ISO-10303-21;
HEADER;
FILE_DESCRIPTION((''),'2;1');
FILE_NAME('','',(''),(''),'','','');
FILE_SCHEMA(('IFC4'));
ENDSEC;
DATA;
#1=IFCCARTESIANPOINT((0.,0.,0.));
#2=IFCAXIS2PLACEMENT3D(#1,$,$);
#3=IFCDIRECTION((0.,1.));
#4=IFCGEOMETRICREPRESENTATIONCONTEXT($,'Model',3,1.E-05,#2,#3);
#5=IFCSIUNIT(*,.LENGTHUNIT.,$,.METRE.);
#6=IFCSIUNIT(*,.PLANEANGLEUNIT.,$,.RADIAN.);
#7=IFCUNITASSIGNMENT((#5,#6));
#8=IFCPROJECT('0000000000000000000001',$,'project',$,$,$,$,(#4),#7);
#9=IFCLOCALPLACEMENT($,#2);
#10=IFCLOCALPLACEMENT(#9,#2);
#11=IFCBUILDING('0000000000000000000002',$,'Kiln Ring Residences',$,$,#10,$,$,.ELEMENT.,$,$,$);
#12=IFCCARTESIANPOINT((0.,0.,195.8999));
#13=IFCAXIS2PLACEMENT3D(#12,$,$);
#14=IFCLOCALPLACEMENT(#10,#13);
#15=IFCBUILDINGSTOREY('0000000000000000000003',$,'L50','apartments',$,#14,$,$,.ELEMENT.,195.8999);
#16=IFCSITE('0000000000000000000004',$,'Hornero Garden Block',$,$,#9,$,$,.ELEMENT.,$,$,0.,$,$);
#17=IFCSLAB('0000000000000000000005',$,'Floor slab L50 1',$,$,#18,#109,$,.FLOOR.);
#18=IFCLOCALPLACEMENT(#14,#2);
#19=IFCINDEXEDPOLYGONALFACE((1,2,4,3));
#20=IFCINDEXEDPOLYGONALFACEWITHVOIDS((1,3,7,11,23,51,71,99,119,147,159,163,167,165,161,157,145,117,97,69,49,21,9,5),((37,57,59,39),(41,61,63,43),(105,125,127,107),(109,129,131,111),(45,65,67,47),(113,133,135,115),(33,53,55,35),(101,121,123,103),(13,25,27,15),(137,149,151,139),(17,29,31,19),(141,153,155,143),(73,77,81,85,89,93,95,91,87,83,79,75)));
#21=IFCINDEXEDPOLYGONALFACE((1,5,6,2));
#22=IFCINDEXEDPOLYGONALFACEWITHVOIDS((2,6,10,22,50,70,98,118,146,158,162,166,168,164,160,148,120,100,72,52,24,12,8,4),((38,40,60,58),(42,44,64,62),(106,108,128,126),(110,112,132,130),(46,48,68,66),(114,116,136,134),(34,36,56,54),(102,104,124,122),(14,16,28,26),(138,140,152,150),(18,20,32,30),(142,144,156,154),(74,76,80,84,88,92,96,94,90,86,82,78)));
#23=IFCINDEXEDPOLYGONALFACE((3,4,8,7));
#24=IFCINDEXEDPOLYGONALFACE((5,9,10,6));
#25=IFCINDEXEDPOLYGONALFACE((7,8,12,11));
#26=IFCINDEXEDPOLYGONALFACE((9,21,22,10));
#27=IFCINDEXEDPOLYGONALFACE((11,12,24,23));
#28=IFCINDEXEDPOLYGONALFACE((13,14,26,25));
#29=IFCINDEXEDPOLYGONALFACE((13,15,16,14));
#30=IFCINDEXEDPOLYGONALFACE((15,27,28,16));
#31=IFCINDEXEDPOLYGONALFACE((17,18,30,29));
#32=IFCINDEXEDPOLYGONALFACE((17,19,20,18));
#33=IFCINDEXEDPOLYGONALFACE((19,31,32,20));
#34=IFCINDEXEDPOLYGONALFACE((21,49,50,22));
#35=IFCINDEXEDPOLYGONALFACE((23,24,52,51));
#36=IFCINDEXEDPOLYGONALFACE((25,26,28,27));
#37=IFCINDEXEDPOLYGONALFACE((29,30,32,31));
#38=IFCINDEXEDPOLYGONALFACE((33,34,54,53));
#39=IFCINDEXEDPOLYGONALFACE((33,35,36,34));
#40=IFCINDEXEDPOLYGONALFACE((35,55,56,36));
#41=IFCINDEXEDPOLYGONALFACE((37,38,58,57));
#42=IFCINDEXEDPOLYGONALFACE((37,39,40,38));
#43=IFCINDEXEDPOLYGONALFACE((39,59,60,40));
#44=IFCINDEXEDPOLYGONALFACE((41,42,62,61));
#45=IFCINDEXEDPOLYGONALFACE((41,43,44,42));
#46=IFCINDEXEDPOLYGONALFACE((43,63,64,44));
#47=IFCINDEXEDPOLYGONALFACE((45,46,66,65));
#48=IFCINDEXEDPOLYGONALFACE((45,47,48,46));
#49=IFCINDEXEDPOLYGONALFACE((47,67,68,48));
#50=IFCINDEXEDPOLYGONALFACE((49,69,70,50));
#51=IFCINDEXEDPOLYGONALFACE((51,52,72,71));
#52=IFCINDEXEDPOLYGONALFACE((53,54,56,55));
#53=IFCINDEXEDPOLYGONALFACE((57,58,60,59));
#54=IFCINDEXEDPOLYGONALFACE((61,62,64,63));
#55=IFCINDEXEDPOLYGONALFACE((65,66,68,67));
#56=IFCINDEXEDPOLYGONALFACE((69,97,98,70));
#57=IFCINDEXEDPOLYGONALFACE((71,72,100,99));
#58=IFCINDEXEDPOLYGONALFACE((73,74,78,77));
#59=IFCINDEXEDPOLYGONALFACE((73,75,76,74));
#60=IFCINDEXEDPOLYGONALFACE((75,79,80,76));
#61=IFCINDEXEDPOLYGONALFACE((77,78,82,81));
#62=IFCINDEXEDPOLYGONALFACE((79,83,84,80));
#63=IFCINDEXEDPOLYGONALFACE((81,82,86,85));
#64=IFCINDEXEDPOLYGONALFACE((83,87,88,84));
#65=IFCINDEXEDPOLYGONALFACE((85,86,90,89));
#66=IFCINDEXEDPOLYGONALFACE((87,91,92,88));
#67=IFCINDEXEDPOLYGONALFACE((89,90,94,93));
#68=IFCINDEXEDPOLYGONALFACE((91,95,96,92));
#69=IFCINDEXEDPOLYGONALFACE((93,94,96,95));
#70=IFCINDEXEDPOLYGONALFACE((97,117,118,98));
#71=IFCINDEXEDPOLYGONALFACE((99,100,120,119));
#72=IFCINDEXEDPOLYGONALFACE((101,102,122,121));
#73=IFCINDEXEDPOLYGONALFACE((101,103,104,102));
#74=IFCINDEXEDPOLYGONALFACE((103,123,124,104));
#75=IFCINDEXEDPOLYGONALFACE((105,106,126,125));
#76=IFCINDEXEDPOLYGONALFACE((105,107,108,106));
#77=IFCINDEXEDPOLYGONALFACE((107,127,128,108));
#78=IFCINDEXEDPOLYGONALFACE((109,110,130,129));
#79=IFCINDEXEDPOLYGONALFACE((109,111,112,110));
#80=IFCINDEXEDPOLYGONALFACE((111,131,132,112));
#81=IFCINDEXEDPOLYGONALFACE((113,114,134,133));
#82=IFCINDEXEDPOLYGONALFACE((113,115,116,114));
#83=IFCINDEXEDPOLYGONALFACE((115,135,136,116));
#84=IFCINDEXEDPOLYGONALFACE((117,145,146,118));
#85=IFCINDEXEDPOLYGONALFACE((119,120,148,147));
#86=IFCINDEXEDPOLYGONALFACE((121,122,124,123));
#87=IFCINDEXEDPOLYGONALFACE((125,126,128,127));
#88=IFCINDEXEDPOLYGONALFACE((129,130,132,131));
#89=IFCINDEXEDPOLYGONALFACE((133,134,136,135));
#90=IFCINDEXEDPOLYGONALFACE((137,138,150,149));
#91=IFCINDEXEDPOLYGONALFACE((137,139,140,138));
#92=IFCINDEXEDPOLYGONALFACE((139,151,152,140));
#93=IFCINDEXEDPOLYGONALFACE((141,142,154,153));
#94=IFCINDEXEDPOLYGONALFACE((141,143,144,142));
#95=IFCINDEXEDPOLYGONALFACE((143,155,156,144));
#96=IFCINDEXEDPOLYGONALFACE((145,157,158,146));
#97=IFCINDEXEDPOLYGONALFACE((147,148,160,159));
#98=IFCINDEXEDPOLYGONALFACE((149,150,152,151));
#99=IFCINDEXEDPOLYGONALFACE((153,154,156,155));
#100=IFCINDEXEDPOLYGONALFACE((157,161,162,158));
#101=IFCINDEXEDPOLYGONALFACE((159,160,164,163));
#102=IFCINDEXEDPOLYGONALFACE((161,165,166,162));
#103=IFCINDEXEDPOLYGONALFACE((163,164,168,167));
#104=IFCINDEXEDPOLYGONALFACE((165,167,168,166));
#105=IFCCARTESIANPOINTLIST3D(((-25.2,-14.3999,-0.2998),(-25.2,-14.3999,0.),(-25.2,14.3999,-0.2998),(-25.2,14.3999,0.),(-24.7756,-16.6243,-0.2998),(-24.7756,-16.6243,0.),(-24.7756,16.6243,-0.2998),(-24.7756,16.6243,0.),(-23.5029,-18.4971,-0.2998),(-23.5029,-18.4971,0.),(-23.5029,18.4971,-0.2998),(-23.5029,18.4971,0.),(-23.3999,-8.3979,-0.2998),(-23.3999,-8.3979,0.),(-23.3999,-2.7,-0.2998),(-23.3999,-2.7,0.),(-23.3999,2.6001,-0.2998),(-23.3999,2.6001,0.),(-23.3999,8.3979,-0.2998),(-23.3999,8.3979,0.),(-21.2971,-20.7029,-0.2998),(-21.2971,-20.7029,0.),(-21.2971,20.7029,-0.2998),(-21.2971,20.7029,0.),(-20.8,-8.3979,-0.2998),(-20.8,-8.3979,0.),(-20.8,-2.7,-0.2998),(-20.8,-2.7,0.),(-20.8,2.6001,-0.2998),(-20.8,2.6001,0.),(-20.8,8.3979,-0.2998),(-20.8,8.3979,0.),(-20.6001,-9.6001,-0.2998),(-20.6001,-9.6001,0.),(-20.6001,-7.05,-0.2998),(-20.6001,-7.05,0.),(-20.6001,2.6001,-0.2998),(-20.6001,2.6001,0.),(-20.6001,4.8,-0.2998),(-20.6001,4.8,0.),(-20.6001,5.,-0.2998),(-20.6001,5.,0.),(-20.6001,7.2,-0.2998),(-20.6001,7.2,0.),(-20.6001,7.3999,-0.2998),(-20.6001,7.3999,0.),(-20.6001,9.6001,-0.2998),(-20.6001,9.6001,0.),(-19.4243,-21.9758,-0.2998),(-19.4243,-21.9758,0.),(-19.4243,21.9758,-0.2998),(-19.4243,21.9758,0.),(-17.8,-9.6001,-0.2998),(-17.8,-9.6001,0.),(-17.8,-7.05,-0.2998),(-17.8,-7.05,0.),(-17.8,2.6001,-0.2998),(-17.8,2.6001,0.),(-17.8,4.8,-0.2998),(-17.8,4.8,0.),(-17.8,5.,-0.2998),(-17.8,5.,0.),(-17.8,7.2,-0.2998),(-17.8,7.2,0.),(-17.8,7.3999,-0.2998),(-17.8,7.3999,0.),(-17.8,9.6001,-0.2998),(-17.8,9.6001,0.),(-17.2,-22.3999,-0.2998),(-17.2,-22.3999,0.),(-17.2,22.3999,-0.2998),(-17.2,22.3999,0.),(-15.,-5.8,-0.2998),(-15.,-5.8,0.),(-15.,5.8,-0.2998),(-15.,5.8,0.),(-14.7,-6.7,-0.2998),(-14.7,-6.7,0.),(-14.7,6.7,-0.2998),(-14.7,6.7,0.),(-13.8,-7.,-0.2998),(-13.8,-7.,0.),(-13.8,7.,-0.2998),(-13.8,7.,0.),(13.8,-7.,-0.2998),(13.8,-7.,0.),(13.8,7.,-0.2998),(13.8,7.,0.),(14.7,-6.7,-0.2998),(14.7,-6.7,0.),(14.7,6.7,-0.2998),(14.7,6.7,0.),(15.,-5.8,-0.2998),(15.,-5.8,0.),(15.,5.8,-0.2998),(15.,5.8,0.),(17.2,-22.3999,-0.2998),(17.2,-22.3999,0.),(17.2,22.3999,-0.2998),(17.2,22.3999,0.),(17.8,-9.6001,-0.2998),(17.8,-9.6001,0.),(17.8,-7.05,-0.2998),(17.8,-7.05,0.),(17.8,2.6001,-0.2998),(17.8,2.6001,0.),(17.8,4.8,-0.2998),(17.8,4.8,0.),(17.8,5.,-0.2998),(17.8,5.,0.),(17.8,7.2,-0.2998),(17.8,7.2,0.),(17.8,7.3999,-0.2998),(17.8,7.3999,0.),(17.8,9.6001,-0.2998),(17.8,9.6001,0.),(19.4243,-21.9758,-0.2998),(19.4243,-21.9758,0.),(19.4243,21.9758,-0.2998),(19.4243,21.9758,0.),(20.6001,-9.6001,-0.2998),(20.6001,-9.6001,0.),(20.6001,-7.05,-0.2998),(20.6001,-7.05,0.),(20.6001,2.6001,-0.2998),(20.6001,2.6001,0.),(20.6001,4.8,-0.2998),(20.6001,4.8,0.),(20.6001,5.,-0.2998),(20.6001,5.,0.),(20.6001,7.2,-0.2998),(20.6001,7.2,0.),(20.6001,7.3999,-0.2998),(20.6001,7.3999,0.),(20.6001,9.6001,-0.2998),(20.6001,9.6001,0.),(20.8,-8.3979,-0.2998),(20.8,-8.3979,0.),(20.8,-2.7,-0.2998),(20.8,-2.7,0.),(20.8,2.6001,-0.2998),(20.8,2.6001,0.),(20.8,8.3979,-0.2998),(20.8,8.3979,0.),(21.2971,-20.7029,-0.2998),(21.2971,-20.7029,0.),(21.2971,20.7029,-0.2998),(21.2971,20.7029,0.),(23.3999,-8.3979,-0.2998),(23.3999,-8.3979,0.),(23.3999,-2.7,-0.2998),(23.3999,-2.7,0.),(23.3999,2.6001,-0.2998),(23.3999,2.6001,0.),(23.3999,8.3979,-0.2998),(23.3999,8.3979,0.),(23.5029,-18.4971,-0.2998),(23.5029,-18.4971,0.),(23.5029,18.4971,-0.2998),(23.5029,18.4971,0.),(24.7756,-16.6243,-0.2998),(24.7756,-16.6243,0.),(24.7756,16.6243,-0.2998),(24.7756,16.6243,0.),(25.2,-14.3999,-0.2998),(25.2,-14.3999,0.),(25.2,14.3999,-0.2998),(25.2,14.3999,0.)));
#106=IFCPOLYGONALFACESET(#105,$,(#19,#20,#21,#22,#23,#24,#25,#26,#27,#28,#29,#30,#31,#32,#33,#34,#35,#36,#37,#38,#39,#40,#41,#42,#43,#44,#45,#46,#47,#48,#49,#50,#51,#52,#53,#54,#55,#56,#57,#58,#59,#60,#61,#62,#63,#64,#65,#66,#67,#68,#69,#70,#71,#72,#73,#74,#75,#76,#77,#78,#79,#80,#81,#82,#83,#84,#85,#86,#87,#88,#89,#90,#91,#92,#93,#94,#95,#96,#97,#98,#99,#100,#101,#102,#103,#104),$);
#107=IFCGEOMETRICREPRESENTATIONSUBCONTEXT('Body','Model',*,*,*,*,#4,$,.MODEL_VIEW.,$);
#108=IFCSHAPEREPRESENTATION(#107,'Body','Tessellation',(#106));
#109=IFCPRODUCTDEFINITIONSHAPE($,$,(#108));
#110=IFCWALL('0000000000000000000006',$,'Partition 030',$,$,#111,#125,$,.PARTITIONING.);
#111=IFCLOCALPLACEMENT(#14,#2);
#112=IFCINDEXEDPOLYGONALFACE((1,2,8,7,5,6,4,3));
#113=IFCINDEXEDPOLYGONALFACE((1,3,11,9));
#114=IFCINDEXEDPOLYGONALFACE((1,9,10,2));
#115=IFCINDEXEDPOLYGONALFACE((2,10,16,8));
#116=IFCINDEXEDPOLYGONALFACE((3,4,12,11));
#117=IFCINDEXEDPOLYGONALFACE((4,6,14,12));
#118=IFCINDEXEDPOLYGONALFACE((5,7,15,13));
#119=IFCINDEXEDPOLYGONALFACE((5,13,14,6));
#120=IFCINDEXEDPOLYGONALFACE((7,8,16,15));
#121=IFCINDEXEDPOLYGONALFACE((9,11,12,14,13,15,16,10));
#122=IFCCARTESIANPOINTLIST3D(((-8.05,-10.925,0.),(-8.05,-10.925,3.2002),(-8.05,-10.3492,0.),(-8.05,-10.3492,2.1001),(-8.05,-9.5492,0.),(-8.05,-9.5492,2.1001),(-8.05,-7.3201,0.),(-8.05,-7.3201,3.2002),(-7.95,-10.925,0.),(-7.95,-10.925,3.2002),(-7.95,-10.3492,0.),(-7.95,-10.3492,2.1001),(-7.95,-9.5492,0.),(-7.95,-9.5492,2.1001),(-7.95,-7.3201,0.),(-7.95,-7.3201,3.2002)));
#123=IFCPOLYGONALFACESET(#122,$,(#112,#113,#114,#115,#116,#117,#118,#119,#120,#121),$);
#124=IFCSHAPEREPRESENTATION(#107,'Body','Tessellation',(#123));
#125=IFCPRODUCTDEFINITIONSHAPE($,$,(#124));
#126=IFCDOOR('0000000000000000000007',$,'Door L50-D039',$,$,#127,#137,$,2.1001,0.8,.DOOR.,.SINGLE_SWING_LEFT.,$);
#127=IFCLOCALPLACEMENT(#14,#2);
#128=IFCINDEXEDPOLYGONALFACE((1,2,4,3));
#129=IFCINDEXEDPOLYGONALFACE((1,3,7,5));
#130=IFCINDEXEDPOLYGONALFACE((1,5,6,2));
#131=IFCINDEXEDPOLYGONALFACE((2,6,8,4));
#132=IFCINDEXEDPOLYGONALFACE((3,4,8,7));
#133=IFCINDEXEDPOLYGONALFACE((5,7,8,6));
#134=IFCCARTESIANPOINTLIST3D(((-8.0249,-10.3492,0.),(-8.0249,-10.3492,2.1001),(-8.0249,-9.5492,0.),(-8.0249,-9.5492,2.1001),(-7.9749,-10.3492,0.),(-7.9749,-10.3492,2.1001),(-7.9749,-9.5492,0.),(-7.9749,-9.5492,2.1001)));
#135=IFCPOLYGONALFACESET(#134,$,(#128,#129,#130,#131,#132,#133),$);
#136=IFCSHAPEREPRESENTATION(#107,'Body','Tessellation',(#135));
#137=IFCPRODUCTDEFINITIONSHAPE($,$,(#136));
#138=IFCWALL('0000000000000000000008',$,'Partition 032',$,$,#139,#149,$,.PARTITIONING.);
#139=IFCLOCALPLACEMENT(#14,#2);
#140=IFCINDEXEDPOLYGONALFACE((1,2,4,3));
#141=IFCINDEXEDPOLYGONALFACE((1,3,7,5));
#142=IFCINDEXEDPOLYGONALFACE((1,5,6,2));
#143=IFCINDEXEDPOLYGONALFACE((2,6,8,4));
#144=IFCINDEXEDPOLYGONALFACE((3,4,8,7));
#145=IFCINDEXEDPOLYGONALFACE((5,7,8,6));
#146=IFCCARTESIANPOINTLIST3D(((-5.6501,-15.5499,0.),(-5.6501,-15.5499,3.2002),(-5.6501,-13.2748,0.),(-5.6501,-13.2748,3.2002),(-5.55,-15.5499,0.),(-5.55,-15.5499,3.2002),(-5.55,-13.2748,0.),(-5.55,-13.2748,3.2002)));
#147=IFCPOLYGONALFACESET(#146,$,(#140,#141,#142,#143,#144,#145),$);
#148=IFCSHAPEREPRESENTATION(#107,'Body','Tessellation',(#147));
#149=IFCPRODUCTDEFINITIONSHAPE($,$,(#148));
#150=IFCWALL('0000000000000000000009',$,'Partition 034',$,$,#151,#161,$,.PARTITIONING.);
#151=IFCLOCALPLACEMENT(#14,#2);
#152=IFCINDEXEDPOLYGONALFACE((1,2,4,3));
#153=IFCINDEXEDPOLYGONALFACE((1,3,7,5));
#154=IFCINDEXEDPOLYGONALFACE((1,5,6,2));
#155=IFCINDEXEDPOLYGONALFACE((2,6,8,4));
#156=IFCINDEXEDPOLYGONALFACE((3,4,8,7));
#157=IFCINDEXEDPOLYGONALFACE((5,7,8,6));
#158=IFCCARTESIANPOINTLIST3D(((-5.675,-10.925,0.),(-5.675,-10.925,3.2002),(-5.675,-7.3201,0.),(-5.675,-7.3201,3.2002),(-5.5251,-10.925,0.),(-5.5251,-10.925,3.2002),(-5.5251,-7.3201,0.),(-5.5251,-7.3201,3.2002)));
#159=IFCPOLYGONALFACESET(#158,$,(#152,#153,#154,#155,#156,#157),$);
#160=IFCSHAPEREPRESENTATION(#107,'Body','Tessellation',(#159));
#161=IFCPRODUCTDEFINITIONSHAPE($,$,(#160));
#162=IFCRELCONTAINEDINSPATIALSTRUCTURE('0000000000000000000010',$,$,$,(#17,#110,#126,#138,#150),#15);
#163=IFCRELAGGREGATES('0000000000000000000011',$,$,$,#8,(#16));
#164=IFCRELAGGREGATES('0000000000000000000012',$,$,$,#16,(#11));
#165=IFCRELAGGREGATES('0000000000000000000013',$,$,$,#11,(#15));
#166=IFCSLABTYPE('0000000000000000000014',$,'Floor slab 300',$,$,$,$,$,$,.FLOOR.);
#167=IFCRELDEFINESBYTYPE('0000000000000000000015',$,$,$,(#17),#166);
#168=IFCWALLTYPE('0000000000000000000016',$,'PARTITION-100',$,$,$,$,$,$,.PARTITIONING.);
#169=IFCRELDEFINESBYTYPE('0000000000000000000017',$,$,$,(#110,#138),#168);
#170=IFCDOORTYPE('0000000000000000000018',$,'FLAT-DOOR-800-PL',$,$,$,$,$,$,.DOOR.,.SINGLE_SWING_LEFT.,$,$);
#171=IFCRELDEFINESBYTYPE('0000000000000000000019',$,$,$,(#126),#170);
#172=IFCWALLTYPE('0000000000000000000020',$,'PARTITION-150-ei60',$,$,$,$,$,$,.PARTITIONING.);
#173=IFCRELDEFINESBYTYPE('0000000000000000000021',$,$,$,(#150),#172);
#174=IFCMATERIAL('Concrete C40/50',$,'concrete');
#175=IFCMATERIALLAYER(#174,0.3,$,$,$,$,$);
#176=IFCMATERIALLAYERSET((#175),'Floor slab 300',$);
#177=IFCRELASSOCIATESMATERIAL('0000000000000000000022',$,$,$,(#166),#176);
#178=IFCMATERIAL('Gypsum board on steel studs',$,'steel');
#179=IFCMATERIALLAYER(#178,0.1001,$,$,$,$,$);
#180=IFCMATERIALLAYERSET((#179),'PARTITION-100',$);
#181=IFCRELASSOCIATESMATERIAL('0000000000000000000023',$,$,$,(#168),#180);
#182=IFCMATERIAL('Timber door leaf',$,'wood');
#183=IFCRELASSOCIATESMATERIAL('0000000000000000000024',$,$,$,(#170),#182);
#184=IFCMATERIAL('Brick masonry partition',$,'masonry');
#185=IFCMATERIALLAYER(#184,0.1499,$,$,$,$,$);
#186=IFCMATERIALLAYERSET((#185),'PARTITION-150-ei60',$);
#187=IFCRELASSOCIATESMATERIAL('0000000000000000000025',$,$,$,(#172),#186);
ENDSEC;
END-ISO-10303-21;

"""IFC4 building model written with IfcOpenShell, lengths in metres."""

from ifc_helpers import new_model, si_unit, direction, frame, frame_2d, origin, place, context, subcontext, project, spatial, polyline, rectangle, outline, extrude, material, layer, layer_set, type_object, element, fill, save


model = new_model("IFC4")

# Units and contexts
model_context = context("Model", 3, precision=1e-05, world=origin(), true_north=direction((0.0, 1.0)))
body_context = subcontext(model_context, "Body", "Model", "MODEL_VIEW")
ifc_project = project(units=[si_unit("LENGTHUNIT", "METRE"), si_unit("PLANEANGLEUNIT", "RADIAN")], contexts=[model_context])

# Site, building, storey
site_placement = place(None, origin())
site = spatial("IfcSite", under=ifc_project, at=site_placement, Name="Hornero Garden Block", CompositionType="ELEMENT", RefElevation=0.0)
building_placement = place(site_placement, origin())
building = spatial("IfcBuilding", under=site, at=building_placement, Name="Kiln Ring Residences", CompositionType="ELEMENT")
storey_placement = place(building_placement, frame((0.0, 0.0, 195.8999)))
storey = spatial("IfcBuildingStorey", under=building, at=storey_placement, Name="L50", Description="apartments", CompositionType="ELEMENT", Elevation=195.8999)

# Slab
ifc_material_1 = material(Name="Concrete C40/50", Category="concrete")
ifc_layer_1 = layer(ifc_material_1, 0.3)
ifc_layer_set_1 = layer_set([ifc_layer_1], Name="Floor slab 300")
slab_type = type_object("IfcSlabType", Name="Floor slab 300", PredefinedType="FLOOR", material=ifc_layer_set_1)
slab_placement = place(storey_placement, frame((0.0, 0.0, -0.2998)))
element("IfcSlab", 1, at=slab_placement, inside=storey, type_object=slab_type, Name="Floor slab L50 1", PredefinedType="FLOOR", context=body_context, shape_type="SweptSolid", body=[
    extrude(outline(polyline([(-23.5029, -18.4971), (-21.2971, -20.7029), (-19.4243, -21.9758), (-17.2, -22.3999), (17.2, -22.3999), (19.4243, -21.9758), (21.2971, -20.7029), (23.5029, -18.4971), (24.7756, -16.6243), (25.2, -14.3999), (25.2, 14.3999), (24.7756, 16.6243), (23.5029, 18.4971), (21.2971, 20.7029), (19.4243, 21.9758), (17.2, 22.3999), (-17.2, 22.3999), (-19.4243, 21.9758), (-21.2971, 20.7029), (-23.5029, 18.4971), (-24.7756, 16.6243), (-25.2, 14.3999), (-25.2, -14.3999), (-24.7756, -16.6243), (-23.5029, -18.4971)]), holes=[polyline([(-14.7, -6.7), (-15.0, -5.8), (-15.0, 5.8), (-14.7, 6.7), (-13.8, 7.0), (13.8, 7.0), (14.7, 6.7), (15.0, 5.8), (15.0, -5.8), (14.7, -6.7), (13.8, -7.0), (-13.8, -7.0), (-14.7, -6.7)]), polyline([(20.8, -8.3979), (20.8, -2.7), (23.3999, -2.7), (23.3999, -8.3979), (20.8, -8.3979)]), polyline([(23.3999, 2.6001), (20.8, 2.6001), (20.8, 8.3979), (23.3999, 8.3979), (23.3999, 2.6001)]), polyline([(17.8, 2.6001), (17.8, 4.8), (20.6001, 4.8), (20.6001, 2.6001), (17.8, 2.6001)]), polyline([(17.8, 5.0), (17.8, 7.2), (20.6001, 7.2), (20.6001, 5.0), (17.8, 5.0)]), polyline([(17.8, 7.3999), (17.8, 9.6001), (20.6001, 9.6001), (20.6001, 7.3999), (17.8, 7.3999)]), polyline([(20.6001, -9.6001), (17.8, -9.6001), (17.8, -7.05), (20.6001, -7.05), (20.6001, -9.6001)]), polyline([(-17.8, -7.05), (-17.8, -9.6001), (-20.6001, -9.6001), (-20.6001, -7.05), (-17.8, -7.05)]), polyline([(-17.8, 2.6001), (-20.6001, 2.6001), (-20.6001, 4.8), (-17.8, 4.8), (-17.8, 2.6001)]), polyline([(-17.8, 5.0), (-20.6001, 5.0), (-20.6001, 7.2), (-17.8, 7.2), (-17.8, 5.0)]), polyline([(-17.8, 7.3999), (-20.6001, 7.3999), (-20.6001, 9.6001), (-17.8, 9.6001), (-17.8, 7.3999)]), polyline([(-20.8, -8.3979), (-23.3999, -8.3979), (-23.3999, -2.7), (-20.8, -2.7), (-20.8, -8.3979)]), polyline([(-20.8, 8.3979), (-20.8, 2.6001), (-23.3999, 2.6001), (-23.3999, 8.3979), (-20.8, 8.3979)])]), origin(), (0.0, 0.0, 1.0), 0.2998),
])

# Wall, opening, door
ifc_material_2 = material(Name="Gypsum board on steel studs", Category="steel")
ifc_layer_2 = layer(ifc_material_2, 0.1001)
ifc_layer_set_2 = layer_set([ifc_layer_2], Name="PARTITION-100")
wall_type_1 = type_object("IfcWallType", Name="PARTITION-100", PredefinedType="PARTITIONING", material=ifc_layer_set_2)
wall_1_placement = place(storey_placement, frame((-8.0, -10.925, 0.0), z_axis=(0.0, 0.0, 1.0), x_axis=(0.0, 1.0, 0.0)))
wall_1 = element("IfcWall", 2, at=wall_1_placement, inside=storey, type_object=wall_type_1, Name="Partition 030", PredefinedType="PARTITIONING", context=body_context, shape_type="SweptSolid", body=[
    extrude(rectangle(XDim=3.605, YDim=0.1001, at=frame_2d((1.8025, 0.0))), origin(), (0.0, 0.0, 1.0), 3.2002),
])
opening_placement = place(wall_1_placement, frame((0.5759, 0.0, 0.0)))
opening = element("IfcOpeningElement", 3, at=opening_placement, cuts=wall_1, PredefinedType="OPENING", context=body_context, shape_type="SweptSolid", body=[
    extrude(rectangle(XDim=0.8, YDim=2.1001, at=frame_2d((0.3999, 1.05))), frame((0.0, 0.0601, 0.0), z_axis=(0.0, -1.0, 0.0), x_axis=(1.0, 0.0, 0.0)), (0.0, 0.0, 1.0), 0.1201),
])
ifc_material_3 = material(Name="Timber door leaf", Category="wood")
door_type = type_object("IfcDoorType", Name="FLAT-DOOR-800-PL", OperationType="SINGLE_SWING_LEFT", PredefinedType="DOOR", material=ifc_material_3)
door_placement = place(opening_placement, origin())
door = element("IfcDoor", 4, at=door_placement, inside=storey, type_object=door_type, Name="Door L50-D039", OperationType="SINGLE_SWING_LEFT", OverallHeight=2.1001, OverallWidth=0.8, PredefinedType="DOOR", context=body_context, shape_type="SweptSolid", body=[
    extrude(rectangle(XDim=0.8, YDim=2.1001, at=frame_2d((0.3999, 1.05))), frame((0.0, 0.0249, 0.0), z_axis=(0.0, -1.0, 0.0), x_axis=(1.0, 0.0, 0.0)), (0.0, 0.0, 1.0), 0.05),
])
fill(opening, door)

# Walls
wall_2_placement = place(storey_placement, frame((-5.6001, -15.55, 0.0), z_axis=(0.0, 0.0, 1.0), x_axis=(0.0, 1.0, 0.0)))
element("IfcWall", 5, at=wall_2_placement, inside=storey, type_object=wall_type_1, Name="Partition 032", PredefinedType="PARTITIONING", context=body_context, shape_type="SweptSolid", body=[
    extrude(rectangle(XDim=2.2751, YDim=0.1001, at=frame_2d((1.1377, 0.0))), origin(), (0.0, 0.0, 1.0), 3.2002),
])
ifc_material_4 = material(Name="Brick masonry partition", Category="masonry")
ifc_layer_3 = layer(ifc_material_4, 0.1499)
ifc_layer_set_3 = layer_set([ifc_layer_3], Name="PARTITION-150-ei60")
wall_type_2 = type_object("IfcWallType", Name="PARTITION-150-ei60", PredefinedType="PARTITIONING", material=ifc_layer_set_3)
wall_3_placement = place(storey_placement, frame((-5.6001, -10.925, 0.0), z_axis=(0.0, 0.0, 1.0), x_axis=(0.0, 1.0, 0.0)))
element("IfcWall", 6, at=wall_3_placement, inside=storey, type_object=wall_type_2, Name="Partition 034", PredefinedType="PARTITIONING", context=body_context, shape_type="SweptSolid", body=[
    extrude(rectangle(XDim=3.605, YDim=0.1499, at=frame_2d((1.8025, 0.0))), origin(), (0.0, 0.0, 1.0), 3.2002),
])

save(model, "model.ifc")
